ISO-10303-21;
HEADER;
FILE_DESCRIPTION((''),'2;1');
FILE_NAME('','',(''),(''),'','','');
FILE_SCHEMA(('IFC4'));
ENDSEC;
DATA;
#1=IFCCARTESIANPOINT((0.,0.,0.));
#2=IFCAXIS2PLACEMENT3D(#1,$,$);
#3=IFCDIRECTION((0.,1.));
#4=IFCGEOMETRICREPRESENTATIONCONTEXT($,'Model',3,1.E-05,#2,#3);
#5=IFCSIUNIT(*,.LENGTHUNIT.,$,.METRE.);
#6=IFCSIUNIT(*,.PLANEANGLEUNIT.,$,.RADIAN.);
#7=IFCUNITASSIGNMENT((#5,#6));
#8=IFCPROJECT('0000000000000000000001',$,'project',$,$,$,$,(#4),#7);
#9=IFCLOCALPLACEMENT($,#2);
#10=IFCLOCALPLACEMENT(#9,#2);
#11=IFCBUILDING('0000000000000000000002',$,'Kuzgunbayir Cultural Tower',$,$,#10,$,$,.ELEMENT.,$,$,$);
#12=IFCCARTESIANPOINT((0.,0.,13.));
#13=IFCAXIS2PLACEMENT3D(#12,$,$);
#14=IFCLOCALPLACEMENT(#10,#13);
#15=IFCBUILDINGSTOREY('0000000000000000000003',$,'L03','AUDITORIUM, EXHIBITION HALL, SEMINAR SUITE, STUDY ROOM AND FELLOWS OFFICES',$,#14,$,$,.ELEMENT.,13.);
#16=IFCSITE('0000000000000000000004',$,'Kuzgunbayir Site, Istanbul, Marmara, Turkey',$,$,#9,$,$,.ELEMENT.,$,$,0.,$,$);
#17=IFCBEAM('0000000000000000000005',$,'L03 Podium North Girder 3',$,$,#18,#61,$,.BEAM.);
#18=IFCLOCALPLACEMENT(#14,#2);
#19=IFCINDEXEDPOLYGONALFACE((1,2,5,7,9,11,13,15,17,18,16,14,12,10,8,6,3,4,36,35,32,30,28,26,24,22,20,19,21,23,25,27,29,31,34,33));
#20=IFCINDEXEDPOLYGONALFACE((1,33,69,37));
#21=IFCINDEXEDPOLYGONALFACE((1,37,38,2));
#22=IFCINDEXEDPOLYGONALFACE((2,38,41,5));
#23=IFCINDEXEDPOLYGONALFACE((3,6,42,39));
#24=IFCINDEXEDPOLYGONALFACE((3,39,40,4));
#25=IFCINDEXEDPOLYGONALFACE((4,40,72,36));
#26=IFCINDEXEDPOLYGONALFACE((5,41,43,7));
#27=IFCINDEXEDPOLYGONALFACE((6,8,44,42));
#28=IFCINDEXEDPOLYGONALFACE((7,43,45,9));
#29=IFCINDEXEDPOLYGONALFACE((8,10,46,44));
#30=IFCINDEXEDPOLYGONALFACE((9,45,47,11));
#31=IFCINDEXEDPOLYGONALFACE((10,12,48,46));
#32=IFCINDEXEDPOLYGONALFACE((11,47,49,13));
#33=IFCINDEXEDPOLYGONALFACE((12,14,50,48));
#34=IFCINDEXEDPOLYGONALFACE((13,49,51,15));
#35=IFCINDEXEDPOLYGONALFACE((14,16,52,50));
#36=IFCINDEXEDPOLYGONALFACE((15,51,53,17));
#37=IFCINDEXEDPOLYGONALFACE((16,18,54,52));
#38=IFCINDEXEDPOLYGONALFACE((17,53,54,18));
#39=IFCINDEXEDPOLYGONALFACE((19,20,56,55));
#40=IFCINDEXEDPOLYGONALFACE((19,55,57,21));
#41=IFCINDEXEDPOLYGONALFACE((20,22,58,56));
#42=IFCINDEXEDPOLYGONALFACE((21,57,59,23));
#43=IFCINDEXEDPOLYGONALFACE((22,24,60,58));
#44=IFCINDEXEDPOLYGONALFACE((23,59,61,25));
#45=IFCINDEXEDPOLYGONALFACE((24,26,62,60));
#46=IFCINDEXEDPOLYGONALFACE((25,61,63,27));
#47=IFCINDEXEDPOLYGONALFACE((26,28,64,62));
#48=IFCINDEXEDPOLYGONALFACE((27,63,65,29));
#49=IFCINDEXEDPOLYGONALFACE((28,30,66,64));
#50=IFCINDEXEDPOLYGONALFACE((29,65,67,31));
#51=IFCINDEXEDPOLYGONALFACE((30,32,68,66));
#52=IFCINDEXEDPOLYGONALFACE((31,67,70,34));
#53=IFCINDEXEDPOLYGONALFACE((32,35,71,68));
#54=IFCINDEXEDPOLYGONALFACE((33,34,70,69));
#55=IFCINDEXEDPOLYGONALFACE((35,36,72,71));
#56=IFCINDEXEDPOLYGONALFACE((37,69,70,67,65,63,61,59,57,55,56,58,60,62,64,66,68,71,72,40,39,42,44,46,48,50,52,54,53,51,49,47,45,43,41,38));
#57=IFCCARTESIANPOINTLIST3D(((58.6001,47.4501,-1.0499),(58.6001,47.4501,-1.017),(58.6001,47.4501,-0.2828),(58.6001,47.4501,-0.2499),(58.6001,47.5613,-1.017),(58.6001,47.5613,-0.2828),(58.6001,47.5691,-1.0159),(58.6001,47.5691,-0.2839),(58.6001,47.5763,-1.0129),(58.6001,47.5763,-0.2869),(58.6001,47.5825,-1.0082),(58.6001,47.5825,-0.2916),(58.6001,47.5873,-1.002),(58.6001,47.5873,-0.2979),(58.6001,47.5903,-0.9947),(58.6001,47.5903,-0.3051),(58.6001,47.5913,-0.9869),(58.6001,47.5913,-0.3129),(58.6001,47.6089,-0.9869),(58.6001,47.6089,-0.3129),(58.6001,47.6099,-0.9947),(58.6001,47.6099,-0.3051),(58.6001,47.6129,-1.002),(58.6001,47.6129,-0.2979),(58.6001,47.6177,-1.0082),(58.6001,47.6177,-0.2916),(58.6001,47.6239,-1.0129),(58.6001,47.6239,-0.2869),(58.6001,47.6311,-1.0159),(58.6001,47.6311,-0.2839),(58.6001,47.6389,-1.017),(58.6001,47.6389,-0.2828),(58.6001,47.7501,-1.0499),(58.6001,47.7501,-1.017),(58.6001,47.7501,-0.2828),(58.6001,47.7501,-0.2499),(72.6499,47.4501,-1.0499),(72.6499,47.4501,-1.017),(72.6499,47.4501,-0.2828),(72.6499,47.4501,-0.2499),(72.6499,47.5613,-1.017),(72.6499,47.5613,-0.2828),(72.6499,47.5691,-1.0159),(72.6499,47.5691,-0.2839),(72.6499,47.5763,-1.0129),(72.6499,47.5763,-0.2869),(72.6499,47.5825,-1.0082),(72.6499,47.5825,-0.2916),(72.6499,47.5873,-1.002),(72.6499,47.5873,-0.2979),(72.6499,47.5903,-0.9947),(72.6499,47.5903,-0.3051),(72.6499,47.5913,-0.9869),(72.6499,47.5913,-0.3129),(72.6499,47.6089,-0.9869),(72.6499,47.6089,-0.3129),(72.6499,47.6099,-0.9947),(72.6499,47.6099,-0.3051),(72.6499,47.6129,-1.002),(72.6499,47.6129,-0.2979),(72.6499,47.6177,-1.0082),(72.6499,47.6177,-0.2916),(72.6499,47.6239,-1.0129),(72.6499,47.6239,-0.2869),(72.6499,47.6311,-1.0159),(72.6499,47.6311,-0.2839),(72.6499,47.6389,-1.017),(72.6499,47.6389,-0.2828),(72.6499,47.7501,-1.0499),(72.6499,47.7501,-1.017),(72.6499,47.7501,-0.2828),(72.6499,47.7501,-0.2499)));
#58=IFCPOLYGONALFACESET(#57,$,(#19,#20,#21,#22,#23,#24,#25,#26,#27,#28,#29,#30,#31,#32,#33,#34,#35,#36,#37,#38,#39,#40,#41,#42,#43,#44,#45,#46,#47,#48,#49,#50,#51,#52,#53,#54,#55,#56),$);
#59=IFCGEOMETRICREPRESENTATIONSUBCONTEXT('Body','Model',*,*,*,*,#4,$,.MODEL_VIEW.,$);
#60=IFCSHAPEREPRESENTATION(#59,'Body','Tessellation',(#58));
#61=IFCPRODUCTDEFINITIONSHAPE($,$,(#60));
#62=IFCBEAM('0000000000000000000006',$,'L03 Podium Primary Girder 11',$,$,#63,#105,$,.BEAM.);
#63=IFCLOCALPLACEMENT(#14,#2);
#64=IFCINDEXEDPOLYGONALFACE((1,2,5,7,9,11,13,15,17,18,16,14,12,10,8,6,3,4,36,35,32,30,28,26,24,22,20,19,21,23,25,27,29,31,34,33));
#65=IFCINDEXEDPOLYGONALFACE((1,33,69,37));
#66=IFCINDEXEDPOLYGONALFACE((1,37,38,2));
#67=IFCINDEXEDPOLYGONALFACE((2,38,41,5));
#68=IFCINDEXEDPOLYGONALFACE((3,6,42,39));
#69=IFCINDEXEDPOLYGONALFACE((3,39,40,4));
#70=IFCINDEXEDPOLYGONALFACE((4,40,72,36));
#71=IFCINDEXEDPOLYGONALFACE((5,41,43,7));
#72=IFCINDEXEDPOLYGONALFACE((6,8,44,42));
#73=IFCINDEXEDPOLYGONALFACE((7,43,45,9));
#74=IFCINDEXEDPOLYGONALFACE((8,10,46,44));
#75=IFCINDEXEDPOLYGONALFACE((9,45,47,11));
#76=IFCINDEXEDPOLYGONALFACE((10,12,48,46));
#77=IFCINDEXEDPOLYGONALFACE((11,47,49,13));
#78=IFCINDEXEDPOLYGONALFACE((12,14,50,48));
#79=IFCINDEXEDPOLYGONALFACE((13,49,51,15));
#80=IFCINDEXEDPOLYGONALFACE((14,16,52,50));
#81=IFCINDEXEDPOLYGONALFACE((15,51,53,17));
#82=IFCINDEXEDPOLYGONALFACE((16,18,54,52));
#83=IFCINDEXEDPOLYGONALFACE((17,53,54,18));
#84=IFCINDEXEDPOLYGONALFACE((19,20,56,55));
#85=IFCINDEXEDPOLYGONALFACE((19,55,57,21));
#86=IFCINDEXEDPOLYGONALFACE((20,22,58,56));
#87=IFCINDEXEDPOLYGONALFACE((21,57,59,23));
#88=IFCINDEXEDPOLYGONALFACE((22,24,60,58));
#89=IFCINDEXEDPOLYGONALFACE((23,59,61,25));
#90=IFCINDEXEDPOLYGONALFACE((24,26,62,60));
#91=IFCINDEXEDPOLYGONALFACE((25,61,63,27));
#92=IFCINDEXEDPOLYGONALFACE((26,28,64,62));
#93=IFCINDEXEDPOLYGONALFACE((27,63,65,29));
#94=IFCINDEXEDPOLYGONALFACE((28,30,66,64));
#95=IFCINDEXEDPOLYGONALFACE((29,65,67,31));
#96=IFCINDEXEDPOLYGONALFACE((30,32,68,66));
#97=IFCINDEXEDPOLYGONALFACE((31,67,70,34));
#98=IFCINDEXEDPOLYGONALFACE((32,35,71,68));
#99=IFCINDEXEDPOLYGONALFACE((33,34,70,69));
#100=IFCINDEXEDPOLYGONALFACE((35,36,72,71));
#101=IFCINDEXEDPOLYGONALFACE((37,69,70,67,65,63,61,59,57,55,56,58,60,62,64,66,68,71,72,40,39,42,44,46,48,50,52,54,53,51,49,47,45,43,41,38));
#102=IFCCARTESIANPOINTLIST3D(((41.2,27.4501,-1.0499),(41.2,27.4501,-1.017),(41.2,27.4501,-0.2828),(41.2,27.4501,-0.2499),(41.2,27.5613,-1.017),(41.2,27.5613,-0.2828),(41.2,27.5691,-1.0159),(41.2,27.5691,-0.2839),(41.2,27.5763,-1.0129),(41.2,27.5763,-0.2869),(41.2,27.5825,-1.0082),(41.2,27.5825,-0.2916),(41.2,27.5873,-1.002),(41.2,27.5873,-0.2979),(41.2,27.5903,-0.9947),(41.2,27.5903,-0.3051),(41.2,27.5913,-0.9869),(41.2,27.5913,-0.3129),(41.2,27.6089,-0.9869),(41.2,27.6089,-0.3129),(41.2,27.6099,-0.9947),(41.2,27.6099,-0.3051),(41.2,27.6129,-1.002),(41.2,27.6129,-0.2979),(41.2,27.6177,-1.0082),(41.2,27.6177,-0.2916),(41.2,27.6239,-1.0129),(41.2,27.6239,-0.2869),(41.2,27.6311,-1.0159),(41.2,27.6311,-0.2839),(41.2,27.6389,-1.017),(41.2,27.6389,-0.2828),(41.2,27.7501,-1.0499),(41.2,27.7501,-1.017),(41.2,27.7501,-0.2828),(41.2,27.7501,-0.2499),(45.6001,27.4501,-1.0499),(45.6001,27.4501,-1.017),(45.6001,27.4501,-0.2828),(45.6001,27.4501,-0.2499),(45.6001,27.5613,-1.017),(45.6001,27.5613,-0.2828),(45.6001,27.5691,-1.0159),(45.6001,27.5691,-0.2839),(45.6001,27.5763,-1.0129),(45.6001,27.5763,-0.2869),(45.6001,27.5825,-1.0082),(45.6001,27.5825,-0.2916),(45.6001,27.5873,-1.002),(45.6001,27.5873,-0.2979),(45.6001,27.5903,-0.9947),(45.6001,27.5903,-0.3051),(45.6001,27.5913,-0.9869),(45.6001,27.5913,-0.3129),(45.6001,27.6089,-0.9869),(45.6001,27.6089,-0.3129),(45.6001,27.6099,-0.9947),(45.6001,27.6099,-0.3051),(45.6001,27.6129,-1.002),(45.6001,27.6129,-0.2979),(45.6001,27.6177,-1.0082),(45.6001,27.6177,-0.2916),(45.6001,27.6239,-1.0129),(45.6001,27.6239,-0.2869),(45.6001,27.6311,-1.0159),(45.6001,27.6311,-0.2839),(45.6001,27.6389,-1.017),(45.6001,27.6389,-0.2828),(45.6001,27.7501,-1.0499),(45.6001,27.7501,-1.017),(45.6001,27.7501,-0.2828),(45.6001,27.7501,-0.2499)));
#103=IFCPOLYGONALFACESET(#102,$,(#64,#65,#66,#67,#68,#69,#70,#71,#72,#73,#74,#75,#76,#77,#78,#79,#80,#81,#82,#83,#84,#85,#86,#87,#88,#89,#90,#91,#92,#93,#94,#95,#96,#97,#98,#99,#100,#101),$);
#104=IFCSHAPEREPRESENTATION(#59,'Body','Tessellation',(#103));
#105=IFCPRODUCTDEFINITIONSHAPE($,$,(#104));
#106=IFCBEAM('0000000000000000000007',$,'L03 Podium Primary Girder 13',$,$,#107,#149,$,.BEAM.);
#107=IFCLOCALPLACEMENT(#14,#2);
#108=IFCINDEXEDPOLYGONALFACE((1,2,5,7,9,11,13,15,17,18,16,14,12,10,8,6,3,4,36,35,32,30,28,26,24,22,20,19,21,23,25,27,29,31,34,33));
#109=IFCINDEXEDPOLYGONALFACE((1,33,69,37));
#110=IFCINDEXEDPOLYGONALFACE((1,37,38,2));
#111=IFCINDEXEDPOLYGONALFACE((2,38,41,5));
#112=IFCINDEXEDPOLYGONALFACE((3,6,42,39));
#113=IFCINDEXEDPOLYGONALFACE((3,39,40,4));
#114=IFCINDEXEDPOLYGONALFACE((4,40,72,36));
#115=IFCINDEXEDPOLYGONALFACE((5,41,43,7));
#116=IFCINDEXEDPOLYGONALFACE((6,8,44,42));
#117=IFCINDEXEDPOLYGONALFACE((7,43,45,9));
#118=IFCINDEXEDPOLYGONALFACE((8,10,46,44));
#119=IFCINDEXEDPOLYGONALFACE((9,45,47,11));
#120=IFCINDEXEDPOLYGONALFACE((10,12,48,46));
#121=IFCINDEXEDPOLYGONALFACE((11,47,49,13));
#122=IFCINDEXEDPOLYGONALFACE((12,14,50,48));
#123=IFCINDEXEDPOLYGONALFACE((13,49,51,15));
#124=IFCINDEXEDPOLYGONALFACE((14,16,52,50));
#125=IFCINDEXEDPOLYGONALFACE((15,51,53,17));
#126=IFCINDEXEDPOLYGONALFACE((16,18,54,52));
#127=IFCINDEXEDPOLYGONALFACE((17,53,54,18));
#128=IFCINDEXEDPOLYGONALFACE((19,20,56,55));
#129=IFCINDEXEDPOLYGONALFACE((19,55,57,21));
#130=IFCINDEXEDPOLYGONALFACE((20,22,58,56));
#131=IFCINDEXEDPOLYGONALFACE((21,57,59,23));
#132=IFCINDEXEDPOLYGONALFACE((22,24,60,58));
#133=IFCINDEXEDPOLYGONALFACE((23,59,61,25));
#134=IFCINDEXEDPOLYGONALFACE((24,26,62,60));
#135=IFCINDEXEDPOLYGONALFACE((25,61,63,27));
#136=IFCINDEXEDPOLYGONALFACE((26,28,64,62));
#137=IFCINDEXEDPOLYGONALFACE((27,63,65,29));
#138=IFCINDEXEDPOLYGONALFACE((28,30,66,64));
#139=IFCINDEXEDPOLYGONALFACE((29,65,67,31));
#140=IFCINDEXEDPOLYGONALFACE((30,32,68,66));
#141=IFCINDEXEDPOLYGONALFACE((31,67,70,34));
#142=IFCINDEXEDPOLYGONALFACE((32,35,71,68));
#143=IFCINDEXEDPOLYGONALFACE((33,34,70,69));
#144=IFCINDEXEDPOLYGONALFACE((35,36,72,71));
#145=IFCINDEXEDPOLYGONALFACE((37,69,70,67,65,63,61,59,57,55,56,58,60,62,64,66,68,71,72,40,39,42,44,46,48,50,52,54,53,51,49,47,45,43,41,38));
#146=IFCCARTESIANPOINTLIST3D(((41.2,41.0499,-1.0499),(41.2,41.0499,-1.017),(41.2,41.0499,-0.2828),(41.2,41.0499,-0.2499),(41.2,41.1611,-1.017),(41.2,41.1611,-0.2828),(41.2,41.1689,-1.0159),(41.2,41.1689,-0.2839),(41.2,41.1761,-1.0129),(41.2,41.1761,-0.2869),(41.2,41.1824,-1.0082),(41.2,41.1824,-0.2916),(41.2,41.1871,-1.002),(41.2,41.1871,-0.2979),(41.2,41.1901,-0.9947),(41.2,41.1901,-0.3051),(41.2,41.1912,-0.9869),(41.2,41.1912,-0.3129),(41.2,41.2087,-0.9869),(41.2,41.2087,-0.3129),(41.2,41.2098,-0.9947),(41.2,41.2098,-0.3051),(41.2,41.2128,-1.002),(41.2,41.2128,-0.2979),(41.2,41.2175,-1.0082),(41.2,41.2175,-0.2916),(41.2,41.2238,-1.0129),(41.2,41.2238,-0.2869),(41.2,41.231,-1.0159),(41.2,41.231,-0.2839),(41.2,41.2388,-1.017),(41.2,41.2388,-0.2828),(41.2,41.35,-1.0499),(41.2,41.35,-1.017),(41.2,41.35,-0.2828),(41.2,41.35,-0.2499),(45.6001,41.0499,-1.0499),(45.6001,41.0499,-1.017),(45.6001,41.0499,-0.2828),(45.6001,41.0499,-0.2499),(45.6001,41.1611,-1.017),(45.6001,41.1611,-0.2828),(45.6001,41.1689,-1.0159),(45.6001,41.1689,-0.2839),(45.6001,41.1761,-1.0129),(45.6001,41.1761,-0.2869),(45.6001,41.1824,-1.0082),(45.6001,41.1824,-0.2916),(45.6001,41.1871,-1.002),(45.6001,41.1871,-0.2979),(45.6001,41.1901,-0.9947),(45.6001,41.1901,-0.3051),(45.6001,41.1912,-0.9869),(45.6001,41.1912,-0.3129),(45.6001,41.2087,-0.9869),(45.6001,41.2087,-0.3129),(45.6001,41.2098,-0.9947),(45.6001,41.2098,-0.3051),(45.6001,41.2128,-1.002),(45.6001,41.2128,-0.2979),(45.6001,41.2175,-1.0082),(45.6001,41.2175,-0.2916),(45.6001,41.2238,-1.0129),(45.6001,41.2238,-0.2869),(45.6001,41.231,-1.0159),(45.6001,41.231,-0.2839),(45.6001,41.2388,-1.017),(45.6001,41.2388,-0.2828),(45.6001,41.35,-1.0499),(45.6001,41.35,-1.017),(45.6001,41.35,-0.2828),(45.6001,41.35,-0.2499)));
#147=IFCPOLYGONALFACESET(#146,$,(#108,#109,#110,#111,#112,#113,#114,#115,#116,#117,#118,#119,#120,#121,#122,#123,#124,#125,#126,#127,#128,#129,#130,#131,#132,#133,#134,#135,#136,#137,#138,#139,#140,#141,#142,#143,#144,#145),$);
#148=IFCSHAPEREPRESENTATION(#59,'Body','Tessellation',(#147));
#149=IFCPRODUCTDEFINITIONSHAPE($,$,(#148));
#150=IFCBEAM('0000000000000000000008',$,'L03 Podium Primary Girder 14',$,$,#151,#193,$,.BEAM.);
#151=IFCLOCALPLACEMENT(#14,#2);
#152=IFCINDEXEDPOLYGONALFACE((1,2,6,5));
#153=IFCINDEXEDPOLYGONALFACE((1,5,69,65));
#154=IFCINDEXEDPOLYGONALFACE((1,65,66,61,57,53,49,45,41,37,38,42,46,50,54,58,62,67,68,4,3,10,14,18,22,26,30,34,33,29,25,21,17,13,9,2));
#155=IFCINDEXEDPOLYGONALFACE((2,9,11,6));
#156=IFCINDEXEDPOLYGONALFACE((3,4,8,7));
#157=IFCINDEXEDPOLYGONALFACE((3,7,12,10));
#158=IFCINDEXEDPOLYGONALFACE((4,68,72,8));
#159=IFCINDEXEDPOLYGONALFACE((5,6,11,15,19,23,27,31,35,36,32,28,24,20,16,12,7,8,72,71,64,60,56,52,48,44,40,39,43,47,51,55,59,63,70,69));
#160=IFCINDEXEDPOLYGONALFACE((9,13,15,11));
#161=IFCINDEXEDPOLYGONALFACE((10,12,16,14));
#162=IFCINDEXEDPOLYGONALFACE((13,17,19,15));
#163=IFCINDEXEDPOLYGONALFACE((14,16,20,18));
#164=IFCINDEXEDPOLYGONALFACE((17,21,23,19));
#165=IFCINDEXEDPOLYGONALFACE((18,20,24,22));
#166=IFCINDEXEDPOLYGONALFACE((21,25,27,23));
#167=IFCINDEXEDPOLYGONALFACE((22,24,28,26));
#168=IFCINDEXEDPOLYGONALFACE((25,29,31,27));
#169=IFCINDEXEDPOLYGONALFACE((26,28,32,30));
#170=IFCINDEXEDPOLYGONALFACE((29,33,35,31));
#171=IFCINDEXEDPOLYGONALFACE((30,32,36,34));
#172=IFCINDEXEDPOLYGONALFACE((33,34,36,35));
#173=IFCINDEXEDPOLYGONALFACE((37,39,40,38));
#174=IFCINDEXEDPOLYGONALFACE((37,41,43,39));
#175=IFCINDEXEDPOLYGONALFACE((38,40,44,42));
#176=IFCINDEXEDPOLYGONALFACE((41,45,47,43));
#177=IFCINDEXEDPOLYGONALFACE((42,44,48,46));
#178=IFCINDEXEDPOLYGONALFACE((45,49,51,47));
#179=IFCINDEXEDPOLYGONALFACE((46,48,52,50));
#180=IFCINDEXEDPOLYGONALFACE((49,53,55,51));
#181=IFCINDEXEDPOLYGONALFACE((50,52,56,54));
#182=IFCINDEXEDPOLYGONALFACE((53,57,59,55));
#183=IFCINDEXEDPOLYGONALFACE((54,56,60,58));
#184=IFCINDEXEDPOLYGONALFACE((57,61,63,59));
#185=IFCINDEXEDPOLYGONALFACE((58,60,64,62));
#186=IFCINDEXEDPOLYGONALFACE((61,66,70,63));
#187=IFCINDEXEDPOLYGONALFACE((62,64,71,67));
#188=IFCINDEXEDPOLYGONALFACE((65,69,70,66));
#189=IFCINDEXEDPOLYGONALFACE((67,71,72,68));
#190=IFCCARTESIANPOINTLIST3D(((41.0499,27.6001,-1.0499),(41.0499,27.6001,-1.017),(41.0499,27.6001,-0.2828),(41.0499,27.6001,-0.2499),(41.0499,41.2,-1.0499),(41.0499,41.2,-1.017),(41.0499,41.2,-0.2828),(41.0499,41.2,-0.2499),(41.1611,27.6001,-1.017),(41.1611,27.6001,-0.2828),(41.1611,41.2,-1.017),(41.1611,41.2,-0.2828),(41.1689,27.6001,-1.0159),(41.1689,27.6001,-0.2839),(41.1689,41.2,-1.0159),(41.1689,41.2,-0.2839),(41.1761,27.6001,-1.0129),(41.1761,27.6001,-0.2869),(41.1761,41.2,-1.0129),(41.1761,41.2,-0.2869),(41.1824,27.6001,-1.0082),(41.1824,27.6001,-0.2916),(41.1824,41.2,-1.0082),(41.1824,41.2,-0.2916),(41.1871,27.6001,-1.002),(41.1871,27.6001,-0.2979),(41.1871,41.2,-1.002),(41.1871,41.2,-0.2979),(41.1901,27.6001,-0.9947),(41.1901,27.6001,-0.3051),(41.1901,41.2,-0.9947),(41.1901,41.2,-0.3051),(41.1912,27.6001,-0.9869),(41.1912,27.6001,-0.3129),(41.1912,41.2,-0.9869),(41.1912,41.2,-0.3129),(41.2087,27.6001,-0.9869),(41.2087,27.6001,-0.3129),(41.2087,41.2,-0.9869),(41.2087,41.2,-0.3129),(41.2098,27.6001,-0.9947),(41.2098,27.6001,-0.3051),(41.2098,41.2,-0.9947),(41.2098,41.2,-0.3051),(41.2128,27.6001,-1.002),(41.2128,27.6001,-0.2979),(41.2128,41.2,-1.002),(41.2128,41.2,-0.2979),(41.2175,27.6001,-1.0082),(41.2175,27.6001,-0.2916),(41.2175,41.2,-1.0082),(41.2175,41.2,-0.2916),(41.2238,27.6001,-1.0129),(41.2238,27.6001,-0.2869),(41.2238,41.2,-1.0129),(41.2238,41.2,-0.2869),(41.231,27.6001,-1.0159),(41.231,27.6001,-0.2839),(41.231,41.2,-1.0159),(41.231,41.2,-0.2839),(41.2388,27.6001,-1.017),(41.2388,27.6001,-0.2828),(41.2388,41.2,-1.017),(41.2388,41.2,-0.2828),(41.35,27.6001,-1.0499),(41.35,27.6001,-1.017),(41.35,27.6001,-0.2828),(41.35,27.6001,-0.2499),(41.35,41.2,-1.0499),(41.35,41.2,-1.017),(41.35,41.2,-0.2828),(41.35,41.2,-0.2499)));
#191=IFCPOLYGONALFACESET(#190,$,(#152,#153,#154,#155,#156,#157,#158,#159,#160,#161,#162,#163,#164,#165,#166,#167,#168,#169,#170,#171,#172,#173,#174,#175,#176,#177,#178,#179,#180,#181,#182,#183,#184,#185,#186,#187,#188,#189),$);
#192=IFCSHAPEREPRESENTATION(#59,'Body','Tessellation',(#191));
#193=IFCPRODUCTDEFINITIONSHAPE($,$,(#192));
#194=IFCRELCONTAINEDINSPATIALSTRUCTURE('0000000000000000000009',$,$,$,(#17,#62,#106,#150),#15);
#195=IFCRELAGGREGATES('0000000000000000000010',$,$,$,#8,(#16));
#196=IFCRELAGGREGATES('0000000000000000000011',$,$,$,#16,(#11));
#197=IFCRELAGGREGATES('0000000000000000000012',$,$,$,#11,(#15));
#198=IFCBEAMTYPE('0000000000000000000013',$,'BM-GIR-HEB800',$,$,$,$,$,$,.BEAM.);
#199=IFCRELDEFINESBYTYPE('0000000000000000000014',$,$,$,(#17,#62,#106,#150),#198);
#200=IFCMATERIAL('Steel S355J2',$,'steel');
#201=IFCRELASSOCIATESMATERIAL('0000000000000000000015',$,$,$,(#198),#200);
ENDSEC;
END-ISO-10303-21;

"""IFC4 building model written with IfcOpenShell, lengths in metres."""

from ifc_helpers import new_model, si_unit, direction, frame, origin, origin_2d, place, context, subcontext, project, spatial, i_section, extrude, material, material_profile, profile_set, type_object, element, save


model = new_model("IFC4")

# Units and contexts
model_context = context("Model", 3, precision=1e-05, world=origin(), true_north=direction((0.0, 1.0)))
body_context = subcontext(model_context, "Body", "Model", "MODEL_VIEW")
ifc_project = project(units=[si_unit("LENGTHUNIT", "METRE"), si_unit("PLANEANGLEUNIT", "RADIAN")], contexts=[model_context])

# Site, building, storey
site_placement = place(None, origin())
site = spatial("IfcSite", under=ifc_project, at=site_placement, Name="Kuzgunbayir Site, Istanbul, Marmara, Turkey", CompositionType="ELEMENT", RefElevation=0.0)
building_placement = place(site_placement, origin())
building = spatial("IfcBuilding", under=site, at=building_placement, Name="Kuzgunbayir Cultural Tower", CompositionType="ELEMENT")
storey_placement = place(building_placement, frame((0.0, 0.0, 13.0)))
storey = spatial("IfcBuildingStorey", under=building, at=storey_placement, Name="L03", Description="AUDITORIUM, EXHIBITION HALL, SEMINAR SUITE, STUDY ROOM AND FELLOWS OFFICES", CompositionType="ELEMENT", Elevation=13.0)

# Beams
ifc_material_1 = material(Name="Steel S355J2", Category="steel")
ifc_material_profile_1 = material_profile(ifc_material_1, i_section(OverallWidth=0.3, OverallDepth=0.8, WebThickness=0.0176, FlangeThickness=0.033, FilletRadius=0.03, at=origin_2d()), Name="HEB 800")
ifc_profile_set_1 = profile_set([ifc_material_profile_1], Name="Steel S355J2")
beam_type_1 = type_object("IfcBeamType", Name="BM-GIR-HEB800", PredefinedType="BEAM", material=ifc_profile_set_1)
beam_1_placement = place(storey_placement, frame((58.6001, 47.6001, -0.6499), z_axis=(1.0, 0.0, 0.0), x_axis=(0.0, 1.0, 0.0)))
element("IfcBeam", 1, at=beam_1_placement, inside=storey, type_object=beam_type_1, Name="L03 Podium North Girder 3", PredefinedType="BEAM", context=body_context, shape_type="SweptSolid", body=[
    extrude(i_section(OverallWidth=0.3, OverallDepth=0.8, WebThickness=0.0176, FlangeThickness=0.033, FilletRadius=0.03, at=origin_2d()), origin(), (0.0, 0.0, 1.0), 14.0498),
])
for number, where, z_axis, x_axis, name in (
    (2, (41.2, 27.6001, -0.6499), (1.0, 0.0, 0.0), (0.0, 1.0, 0.0), "L03 Podium Primary Girder 11"),
    (3, (41.2, 41.2, -0.6499), (1.0, 0.0, 0.0), (0.0, 1.0, 0.0), "L03 Podium Primary Girder 13"),
):
    element("IfcBeam", number, at=place(storey_placement, frame(where, z_axis=z_axis, x_axis=x_axis)), inside=storey, type_object=beam_type_1, Name=name, PredefinedType="BEAM", context=body_context, shape_type="SweptSolid", body=[
        extrude(i_section(OverallWidth=0.3, OverallDepth=0.8, WebThickness=0.0176, FlangeThickness=0.033, FilletRadius=0.03, at=origin_2d()), origin(), (0.0, 0.0, 1.0), 4.4001),
    ])
for number, where, z_axis, x_axis, name in (
    (4, (41.2, 27.6001, -0.6499), (0.0, 1.0, 0.0), (-1.0, 0.0, 0.0), "L03 Podium Primary Girder 14"),
):
    element("IfcBeam", number, at=place(storey_placement, frame(where, z_axis=z_axis, x_axis=x_axis)), inside=storey, type_object=beam_type_1, Name=name, PredefinedType="BEAM", context=body_context, shape_type="SweptSolid", body=[
        extrude(i_section(OverallWidth=0.3, OverallDepth=0.8, WebThickness=0.0176, FlangeThickness=0.033, FilletRadius=0.03, at=origin_2d()), origin(), (0.0, 0.0, 1.0), 13.5999),
    ])

save(model, "model.ifc")
